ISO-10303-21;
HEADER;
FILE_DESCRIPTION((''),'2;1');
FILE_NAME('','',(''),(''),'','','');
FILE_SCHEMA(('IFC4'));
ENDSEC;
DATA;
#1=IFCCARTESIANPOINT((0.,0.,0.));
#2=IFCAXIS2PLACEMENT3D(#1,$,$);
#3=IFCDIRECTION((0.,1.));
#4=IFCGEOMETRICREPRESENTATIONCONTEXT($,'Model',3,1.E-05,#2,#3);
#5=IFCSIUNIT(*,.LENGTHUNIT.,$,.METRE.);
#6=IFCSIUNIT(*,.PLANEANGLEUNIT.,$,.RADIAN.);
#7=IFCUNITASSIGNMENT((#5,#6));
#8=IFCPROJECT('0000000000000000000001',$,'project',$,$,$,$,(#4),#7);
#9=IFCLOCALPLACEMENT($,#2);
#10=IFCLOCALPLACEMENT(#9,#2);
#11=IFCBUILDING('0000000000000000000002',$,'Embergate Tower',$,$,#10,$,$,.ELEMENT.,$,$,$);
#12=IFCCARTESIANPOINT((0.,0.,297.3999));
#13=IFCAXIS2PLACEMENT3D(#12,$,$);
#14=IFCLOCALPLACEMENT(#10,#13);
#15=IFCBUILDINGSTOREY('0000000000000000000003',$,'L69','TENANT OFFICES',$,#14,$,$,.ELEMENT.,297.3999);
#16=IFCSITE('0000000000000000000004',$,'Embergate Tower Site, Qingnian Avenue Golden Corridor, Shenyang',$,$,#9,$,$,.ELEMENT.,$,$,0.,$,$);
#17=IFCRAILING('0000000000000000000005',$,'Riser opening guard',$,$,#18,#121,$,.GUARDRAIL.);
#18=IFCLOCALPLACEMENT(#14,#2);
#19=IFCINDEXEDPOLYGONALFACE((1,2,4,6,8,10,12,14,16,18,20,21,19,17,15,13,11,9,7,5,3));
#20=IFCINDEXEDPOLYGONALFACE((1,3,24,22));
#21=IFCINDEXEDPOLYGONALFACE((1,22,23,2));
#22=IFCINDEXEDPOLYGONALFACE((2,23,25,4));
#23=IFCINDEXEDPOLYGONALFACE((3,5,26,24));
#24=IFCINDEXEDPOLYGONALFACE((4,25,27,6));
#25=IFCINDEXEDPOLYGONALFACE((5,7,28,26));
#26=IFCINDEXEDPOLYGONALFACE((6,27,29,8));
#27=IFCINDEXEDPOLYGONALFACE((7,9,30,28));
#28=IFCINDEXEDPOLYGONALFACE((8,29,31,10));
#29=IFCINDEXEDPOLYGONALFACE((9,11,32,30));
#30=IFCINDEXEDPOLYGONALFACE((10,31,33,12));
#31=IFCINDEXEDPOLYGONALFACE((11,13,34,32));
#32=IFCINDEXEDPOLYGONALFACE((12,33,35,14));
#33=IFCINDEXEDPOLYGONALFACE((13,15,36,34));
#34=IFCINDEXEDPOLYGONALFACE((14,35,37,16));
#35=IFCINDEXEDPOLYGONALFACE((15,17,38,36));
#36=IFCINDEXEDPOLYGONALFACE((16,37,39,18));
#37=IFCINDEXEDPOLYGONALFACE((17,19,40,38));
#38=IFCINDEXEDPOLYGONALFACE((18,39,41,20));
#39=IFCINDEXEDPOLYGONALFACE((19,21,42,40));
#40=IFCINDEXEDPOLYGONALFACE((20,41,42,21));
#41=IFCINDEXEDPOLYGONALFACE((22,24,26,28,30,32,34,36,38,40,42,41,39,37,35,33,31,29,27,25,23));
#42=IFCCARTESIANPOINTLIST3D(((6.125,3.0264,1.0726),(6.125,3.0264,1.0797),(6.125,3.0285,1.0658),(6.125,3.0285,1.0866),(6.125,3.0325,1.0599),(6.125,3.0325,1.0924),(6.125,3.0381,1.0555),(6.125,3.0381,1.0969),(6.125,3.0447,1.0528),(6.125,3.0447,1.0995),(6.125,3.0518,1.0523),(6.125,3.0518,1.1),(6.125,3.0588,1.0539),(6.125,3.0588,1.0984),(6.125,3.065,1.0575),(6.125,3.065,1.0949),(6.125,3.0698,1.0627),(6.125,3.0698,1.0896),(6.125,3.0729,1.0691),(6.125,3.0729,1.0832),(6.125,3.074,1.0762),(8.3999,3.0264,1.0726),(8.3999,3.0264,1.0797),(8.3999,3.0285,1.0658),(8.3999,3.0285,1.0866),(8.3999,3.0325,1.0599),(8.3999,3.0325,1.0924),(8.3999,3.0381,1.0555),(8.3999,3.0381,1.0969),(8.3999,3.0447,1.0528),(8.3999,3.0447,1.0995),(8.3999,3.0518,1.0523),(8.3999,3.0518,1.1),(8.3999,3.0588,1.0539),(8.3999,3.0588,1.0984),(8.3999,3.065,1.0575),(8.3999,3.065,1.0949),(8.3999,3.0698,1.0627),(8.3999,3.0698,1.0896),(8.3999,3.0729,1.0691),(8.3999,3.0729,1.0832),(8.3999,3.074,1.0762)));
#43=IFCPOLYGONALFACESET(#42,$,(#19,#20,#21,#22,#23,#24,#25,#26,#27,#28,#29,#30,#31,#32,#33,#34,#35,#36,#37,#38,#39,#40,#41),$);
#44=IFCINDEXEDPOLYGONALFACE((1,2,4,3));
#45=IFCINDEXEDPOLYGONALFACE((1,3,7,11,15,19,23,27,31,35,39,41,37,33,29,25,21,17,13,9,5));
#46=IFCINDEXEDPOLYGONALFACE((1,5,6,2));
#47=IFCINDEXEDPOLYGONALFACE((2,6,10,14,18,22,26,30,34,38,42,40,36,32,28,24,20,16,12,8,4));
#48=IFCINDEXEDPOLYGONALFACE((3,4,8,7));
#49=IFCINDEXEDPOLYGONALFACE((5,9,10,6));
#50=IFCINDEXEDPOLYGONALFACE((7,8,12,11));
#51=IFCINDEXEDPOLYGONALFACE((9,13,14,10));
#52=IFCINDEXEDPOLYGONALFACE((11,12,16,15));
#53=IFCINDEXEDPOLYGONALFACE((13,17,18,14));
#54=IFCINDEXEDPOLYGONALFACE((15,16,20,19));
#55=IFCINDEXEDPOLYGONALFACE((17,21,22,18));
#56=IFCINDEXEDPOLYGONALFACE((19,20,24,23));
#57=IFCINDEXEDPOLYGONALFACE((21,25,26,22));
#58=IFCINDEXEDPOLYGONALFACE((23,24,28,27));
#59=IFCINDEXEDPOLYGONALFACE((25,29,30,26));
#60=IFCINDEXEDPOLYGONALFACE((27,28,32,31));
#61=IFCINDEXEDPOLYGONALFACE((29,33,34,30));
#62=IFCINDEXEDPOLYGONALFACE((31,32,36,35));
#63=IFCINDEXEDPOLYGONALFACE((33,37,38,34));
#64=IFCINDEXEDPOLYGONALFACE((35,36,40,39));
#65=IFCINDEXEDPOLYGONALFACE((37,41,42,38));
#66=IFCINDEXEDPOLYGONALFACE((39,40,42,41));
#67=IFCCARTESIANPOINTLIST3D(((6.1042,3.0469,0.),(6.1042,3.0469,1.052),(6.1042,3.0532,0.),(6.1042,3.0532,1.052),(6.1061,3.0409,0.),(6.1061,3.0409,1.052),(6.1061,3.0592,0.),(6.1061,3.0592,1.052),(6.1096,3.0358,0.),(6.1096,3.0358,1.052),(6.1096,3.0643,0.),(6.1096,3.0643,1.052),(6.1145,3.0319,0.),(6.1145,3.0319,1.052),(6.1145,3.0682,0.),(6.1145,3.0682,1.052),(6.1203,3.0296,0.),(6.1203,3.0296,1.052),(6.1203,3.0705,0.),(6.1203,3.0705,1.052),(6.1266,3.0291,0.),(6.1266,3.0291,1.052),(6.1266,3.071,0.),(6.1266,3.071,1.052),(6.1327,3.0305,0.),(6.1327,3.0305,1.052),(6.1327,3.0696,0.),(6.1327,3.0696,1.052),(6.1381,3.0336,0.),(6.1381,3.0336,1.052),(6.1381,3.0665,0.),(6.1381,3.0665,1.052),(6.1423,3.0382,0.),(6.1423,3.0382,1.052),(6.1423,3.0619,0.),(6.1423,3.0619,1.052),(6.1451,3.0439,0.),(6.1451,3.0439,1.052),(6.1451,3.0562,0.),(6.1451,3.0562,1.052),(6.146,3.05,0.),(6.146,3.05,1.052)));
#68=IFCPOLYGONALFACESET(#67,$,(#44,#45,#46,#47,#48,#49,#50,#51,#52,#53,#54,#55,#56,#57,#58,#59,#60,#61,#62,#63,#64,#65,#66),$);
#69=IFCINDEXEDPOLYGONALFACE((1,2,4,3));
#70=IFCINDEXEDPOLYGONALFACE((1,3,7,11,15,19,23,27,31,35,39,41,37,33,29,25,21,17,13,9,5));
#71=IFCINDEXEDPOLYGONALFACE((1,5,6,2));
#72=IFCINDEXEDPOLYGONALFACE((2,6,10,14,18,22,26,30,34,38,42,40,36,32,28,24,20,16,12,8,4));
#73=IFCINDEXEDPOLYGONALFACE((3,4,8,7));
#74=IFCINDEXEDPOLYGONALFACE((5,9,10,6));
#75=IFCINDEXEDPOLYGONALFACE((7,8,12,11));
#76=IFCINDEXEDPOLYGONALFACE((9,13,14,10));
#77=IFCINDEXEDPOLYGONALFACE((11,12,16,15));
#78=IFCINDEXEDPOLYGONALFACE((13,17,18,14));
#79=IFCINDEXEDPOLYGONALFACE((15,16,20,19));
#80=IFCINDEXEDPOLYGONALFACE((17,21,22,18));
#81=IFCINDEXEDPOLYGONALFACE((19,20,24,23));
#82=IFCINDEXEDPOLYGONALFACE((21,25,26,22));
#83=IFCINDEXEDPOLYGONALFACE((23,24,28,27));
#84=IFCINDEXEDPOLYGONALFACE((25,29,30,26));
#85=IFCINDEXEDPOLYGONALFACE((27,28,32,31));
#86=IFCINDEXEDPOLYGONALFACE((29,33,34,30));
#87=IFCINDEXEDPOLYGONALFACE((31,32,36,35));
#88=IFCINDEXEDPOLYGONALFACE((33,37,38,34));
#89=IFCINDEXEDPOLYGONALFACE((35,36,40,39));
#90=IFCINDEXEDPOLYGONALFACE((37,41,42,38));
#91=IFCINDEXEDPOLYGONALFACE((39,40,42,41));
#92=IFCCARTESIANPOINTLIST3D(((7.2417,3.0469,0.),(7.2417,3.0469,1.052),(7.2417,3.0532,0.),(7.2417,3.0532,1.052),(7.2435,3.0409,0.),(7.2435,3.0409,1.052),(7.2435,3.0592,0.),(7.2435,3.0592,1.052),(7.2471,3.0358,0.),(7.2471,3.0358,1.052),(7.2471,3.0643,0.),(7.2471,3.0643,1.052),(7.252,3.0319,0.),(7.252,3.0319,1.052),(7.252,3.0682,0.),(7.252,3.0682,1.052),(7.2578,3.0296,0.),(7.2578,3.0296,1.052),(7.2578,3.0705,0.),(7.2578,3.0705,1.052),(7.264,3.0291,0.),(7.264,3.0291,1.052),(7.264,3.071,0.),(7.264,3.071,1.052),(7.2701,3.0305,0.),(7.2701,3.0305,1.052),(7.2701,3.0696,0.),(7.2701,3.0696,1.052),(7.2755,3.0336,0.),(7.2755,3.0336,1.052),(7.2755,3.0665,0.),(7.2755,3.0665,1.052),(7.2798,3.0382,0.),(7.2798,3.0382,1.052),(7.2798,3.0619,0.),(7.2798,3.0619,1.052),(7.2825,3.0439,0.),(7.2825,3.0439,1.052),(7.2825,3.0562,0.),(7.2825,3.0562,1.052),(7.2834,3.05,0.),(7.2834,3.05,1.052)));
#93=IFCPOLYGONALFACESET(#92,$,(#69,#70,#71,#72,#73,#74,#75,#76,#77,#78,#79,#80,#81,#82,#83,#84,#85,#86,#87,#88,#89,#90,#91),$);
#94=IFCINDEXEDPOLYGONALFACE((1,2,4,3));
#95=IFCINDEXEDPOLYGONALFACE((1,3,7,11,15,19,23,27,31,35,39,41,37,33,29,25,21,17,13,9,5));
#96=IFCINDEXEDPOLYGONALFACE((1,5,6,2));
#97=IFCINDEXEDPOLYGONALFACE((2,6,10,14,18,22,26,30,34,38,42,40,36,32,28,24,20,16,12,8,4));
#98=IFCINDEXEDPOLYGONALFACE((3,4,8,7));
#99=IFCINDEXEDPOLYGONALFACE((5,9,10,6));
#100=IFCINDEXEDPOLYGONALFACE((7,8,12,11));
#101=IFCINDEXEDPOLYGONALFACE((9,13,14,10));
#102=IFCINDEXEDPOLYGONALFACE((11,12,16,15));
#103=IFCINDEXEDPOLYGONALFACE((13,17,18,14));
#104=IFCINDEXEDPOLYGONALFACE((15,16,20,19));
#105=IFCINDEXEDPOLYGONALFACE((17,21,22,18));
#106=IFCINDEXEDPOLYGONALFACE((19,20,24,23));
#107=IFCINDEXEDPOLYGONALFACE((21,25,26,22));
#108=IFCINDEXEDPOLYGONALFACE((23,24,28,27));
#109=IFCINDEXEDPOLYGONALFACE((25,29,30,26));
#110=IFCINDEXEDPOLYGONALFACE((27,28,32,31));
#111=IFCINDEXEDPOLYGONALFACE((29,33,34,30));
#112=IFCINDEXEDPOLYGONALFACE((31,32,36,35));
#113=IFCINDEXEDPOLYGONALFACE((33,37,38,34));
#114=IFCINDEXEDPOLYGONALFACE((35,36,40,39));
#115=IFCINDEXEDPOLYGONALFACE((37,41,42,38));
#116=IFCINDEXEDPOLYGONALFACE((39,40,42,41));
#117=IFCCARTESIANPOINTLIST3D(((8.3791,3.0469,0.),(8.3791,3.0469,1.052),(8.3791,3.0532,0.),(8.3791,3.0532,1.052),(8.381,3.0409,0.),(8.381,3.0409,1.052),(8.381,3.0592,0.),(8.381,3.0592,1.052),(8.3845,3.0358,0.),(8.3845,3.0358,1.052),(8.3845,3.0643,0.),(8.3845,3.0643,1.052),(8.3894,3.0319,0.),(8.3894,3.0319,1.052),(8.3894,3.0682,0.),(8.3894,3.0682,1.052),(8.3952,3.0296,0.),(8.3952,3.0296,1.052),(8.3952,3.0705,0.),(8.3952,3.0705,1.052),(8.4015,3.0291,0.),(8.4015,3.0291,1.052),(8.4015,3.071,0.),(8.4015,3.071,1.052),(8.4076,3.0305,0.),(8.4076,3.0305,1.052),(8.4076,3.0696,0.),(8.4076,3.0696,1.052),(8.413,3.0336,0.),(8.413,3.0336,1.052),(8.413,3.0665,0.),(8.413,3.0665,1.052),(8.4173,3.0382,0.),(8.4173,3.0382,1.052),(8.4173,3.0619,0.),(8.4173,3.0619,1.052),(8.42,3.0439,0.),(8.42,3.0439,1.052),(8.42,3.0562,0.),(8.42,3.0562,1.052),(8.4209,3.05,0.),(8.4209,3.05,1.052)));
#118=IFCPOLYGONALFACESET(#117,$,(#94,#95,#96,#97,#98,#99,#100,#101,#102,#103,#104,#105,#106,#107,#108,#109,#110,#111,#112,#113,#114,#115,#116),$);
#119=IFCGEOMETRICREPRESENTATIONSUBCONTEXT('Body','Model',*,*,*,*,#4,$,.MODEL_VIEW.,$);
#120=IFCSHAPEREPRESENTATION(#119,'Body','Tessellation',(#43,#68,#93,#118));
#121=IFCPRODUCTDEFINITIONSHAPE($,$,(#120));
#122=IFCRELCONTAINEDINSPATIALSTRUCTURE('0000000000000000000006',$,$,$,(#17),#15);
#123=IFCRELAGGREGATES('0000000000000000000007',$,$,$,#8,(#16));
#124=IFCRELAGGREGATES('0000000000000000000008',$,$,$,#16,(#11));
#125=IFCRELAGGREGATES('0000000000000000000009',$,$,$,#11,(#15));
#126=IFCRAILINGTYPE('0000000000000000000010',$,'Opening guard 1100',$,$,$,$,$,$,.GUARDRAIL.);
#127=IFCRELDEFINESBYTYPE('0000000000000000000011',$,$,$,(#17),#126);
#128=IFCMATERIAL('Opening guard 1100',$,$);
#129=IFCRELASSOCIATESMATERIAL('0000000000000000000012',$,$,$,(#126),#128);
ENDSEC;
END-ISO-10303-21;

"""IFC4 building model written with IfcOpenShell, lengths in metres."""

from ifc_helpers import new_model, si_unit, direction, frame, origin, origin_2d, place, context, subcontext, project, spatial, circle, extrude, source, transform, mapped, material, type_object, element, save


model = new_model("IFC4")

# Units and contexts
model_context = context("Model", 3, precision=1e-05, world=origin(), true_north=direction((0.0, 1.0)))
body_context = subcontext(model_context, "Body", "Model", "MODEL_VIEW")
ifc_project = project(units=[si_unit("LENGTHUNIT", "METRE"), si_unit("PLANEANGLEUNIT", "RADIAN")], contexts=[model_context])

# Site, building, storey
site_placement = place(None, origin())
site = spatial("IfcSite", under=ifc_project, at=site_placement, Name="Embergate Tower Site, Qingnian Avenue Golden Corridor, Shenyang", CompositionType="ELEMENT", RefElevation=0.0)
building_placement = place(site_placement, origin())
building = spatial("IfcBuilding", under=site, at=building_placement, Name="Embergate Tower", CompositionType="ELEMENT")
storey_placement = place(building_placement, frame((0.0, 0.0, 297.3999)))
storey = spatial("IfcBuildingStorey", under=building, at=storey_placement, Name="L69", Description="TENANT OFFICES", CompositionType="ELEMENT", Elevation=297.3999)

# Railing
ifc_material_1 = material(Name="Opening guard 1100")
railing_type_1 = type_object("IfcRailingType", Name="Opening guard 1100", PredefinedType="GUARDRAIL", material=ifc_material_1)
shared_shape_1 = source(origin(), body_context, "Body", "SweptSolid", [
    extrude(circle(Radius=0.0239, at=origin_2d()), frame((0.0, 0.0, 1.0762), z_axis=(1.0, 0.0, 0.0), x_axis=(0.0, 1.0, 0.0)), (0.0, 0.0, 1.0), 2.2749),
    extrude(circle(Radius=0.021, at=origin_2d()), origin(), (0.0, 0.0, 1.0), 1.052),
    extrude(circle(Radius=0.021, at=origin_2d()), frame((1.1375, 0.0, 0.0)), (0.0, 0.0, 1.0), 1.052),
    extrude(circle(Radius=0.021, at=origin_2d()), frame((2.2749, 0.0, 0.0)), (0.0, 0.0, 1.0), 1.052),
])
railing_1_placement = place(storey_placement, frame((6.125, 3.05, 0.0)))
element("IfcRailing", 1, at=railing_1_placement, inside=storey, type_object=railing_type_1, Name="Riser opening guard", PredefinedType="GUARDRAIL", context=body_context, shape_type="MappedRepresentation", body=[
    mapped(shared_shape_1, transform((0.0, 0.0, 0.0))),
])

save(model, "model.ifc")
